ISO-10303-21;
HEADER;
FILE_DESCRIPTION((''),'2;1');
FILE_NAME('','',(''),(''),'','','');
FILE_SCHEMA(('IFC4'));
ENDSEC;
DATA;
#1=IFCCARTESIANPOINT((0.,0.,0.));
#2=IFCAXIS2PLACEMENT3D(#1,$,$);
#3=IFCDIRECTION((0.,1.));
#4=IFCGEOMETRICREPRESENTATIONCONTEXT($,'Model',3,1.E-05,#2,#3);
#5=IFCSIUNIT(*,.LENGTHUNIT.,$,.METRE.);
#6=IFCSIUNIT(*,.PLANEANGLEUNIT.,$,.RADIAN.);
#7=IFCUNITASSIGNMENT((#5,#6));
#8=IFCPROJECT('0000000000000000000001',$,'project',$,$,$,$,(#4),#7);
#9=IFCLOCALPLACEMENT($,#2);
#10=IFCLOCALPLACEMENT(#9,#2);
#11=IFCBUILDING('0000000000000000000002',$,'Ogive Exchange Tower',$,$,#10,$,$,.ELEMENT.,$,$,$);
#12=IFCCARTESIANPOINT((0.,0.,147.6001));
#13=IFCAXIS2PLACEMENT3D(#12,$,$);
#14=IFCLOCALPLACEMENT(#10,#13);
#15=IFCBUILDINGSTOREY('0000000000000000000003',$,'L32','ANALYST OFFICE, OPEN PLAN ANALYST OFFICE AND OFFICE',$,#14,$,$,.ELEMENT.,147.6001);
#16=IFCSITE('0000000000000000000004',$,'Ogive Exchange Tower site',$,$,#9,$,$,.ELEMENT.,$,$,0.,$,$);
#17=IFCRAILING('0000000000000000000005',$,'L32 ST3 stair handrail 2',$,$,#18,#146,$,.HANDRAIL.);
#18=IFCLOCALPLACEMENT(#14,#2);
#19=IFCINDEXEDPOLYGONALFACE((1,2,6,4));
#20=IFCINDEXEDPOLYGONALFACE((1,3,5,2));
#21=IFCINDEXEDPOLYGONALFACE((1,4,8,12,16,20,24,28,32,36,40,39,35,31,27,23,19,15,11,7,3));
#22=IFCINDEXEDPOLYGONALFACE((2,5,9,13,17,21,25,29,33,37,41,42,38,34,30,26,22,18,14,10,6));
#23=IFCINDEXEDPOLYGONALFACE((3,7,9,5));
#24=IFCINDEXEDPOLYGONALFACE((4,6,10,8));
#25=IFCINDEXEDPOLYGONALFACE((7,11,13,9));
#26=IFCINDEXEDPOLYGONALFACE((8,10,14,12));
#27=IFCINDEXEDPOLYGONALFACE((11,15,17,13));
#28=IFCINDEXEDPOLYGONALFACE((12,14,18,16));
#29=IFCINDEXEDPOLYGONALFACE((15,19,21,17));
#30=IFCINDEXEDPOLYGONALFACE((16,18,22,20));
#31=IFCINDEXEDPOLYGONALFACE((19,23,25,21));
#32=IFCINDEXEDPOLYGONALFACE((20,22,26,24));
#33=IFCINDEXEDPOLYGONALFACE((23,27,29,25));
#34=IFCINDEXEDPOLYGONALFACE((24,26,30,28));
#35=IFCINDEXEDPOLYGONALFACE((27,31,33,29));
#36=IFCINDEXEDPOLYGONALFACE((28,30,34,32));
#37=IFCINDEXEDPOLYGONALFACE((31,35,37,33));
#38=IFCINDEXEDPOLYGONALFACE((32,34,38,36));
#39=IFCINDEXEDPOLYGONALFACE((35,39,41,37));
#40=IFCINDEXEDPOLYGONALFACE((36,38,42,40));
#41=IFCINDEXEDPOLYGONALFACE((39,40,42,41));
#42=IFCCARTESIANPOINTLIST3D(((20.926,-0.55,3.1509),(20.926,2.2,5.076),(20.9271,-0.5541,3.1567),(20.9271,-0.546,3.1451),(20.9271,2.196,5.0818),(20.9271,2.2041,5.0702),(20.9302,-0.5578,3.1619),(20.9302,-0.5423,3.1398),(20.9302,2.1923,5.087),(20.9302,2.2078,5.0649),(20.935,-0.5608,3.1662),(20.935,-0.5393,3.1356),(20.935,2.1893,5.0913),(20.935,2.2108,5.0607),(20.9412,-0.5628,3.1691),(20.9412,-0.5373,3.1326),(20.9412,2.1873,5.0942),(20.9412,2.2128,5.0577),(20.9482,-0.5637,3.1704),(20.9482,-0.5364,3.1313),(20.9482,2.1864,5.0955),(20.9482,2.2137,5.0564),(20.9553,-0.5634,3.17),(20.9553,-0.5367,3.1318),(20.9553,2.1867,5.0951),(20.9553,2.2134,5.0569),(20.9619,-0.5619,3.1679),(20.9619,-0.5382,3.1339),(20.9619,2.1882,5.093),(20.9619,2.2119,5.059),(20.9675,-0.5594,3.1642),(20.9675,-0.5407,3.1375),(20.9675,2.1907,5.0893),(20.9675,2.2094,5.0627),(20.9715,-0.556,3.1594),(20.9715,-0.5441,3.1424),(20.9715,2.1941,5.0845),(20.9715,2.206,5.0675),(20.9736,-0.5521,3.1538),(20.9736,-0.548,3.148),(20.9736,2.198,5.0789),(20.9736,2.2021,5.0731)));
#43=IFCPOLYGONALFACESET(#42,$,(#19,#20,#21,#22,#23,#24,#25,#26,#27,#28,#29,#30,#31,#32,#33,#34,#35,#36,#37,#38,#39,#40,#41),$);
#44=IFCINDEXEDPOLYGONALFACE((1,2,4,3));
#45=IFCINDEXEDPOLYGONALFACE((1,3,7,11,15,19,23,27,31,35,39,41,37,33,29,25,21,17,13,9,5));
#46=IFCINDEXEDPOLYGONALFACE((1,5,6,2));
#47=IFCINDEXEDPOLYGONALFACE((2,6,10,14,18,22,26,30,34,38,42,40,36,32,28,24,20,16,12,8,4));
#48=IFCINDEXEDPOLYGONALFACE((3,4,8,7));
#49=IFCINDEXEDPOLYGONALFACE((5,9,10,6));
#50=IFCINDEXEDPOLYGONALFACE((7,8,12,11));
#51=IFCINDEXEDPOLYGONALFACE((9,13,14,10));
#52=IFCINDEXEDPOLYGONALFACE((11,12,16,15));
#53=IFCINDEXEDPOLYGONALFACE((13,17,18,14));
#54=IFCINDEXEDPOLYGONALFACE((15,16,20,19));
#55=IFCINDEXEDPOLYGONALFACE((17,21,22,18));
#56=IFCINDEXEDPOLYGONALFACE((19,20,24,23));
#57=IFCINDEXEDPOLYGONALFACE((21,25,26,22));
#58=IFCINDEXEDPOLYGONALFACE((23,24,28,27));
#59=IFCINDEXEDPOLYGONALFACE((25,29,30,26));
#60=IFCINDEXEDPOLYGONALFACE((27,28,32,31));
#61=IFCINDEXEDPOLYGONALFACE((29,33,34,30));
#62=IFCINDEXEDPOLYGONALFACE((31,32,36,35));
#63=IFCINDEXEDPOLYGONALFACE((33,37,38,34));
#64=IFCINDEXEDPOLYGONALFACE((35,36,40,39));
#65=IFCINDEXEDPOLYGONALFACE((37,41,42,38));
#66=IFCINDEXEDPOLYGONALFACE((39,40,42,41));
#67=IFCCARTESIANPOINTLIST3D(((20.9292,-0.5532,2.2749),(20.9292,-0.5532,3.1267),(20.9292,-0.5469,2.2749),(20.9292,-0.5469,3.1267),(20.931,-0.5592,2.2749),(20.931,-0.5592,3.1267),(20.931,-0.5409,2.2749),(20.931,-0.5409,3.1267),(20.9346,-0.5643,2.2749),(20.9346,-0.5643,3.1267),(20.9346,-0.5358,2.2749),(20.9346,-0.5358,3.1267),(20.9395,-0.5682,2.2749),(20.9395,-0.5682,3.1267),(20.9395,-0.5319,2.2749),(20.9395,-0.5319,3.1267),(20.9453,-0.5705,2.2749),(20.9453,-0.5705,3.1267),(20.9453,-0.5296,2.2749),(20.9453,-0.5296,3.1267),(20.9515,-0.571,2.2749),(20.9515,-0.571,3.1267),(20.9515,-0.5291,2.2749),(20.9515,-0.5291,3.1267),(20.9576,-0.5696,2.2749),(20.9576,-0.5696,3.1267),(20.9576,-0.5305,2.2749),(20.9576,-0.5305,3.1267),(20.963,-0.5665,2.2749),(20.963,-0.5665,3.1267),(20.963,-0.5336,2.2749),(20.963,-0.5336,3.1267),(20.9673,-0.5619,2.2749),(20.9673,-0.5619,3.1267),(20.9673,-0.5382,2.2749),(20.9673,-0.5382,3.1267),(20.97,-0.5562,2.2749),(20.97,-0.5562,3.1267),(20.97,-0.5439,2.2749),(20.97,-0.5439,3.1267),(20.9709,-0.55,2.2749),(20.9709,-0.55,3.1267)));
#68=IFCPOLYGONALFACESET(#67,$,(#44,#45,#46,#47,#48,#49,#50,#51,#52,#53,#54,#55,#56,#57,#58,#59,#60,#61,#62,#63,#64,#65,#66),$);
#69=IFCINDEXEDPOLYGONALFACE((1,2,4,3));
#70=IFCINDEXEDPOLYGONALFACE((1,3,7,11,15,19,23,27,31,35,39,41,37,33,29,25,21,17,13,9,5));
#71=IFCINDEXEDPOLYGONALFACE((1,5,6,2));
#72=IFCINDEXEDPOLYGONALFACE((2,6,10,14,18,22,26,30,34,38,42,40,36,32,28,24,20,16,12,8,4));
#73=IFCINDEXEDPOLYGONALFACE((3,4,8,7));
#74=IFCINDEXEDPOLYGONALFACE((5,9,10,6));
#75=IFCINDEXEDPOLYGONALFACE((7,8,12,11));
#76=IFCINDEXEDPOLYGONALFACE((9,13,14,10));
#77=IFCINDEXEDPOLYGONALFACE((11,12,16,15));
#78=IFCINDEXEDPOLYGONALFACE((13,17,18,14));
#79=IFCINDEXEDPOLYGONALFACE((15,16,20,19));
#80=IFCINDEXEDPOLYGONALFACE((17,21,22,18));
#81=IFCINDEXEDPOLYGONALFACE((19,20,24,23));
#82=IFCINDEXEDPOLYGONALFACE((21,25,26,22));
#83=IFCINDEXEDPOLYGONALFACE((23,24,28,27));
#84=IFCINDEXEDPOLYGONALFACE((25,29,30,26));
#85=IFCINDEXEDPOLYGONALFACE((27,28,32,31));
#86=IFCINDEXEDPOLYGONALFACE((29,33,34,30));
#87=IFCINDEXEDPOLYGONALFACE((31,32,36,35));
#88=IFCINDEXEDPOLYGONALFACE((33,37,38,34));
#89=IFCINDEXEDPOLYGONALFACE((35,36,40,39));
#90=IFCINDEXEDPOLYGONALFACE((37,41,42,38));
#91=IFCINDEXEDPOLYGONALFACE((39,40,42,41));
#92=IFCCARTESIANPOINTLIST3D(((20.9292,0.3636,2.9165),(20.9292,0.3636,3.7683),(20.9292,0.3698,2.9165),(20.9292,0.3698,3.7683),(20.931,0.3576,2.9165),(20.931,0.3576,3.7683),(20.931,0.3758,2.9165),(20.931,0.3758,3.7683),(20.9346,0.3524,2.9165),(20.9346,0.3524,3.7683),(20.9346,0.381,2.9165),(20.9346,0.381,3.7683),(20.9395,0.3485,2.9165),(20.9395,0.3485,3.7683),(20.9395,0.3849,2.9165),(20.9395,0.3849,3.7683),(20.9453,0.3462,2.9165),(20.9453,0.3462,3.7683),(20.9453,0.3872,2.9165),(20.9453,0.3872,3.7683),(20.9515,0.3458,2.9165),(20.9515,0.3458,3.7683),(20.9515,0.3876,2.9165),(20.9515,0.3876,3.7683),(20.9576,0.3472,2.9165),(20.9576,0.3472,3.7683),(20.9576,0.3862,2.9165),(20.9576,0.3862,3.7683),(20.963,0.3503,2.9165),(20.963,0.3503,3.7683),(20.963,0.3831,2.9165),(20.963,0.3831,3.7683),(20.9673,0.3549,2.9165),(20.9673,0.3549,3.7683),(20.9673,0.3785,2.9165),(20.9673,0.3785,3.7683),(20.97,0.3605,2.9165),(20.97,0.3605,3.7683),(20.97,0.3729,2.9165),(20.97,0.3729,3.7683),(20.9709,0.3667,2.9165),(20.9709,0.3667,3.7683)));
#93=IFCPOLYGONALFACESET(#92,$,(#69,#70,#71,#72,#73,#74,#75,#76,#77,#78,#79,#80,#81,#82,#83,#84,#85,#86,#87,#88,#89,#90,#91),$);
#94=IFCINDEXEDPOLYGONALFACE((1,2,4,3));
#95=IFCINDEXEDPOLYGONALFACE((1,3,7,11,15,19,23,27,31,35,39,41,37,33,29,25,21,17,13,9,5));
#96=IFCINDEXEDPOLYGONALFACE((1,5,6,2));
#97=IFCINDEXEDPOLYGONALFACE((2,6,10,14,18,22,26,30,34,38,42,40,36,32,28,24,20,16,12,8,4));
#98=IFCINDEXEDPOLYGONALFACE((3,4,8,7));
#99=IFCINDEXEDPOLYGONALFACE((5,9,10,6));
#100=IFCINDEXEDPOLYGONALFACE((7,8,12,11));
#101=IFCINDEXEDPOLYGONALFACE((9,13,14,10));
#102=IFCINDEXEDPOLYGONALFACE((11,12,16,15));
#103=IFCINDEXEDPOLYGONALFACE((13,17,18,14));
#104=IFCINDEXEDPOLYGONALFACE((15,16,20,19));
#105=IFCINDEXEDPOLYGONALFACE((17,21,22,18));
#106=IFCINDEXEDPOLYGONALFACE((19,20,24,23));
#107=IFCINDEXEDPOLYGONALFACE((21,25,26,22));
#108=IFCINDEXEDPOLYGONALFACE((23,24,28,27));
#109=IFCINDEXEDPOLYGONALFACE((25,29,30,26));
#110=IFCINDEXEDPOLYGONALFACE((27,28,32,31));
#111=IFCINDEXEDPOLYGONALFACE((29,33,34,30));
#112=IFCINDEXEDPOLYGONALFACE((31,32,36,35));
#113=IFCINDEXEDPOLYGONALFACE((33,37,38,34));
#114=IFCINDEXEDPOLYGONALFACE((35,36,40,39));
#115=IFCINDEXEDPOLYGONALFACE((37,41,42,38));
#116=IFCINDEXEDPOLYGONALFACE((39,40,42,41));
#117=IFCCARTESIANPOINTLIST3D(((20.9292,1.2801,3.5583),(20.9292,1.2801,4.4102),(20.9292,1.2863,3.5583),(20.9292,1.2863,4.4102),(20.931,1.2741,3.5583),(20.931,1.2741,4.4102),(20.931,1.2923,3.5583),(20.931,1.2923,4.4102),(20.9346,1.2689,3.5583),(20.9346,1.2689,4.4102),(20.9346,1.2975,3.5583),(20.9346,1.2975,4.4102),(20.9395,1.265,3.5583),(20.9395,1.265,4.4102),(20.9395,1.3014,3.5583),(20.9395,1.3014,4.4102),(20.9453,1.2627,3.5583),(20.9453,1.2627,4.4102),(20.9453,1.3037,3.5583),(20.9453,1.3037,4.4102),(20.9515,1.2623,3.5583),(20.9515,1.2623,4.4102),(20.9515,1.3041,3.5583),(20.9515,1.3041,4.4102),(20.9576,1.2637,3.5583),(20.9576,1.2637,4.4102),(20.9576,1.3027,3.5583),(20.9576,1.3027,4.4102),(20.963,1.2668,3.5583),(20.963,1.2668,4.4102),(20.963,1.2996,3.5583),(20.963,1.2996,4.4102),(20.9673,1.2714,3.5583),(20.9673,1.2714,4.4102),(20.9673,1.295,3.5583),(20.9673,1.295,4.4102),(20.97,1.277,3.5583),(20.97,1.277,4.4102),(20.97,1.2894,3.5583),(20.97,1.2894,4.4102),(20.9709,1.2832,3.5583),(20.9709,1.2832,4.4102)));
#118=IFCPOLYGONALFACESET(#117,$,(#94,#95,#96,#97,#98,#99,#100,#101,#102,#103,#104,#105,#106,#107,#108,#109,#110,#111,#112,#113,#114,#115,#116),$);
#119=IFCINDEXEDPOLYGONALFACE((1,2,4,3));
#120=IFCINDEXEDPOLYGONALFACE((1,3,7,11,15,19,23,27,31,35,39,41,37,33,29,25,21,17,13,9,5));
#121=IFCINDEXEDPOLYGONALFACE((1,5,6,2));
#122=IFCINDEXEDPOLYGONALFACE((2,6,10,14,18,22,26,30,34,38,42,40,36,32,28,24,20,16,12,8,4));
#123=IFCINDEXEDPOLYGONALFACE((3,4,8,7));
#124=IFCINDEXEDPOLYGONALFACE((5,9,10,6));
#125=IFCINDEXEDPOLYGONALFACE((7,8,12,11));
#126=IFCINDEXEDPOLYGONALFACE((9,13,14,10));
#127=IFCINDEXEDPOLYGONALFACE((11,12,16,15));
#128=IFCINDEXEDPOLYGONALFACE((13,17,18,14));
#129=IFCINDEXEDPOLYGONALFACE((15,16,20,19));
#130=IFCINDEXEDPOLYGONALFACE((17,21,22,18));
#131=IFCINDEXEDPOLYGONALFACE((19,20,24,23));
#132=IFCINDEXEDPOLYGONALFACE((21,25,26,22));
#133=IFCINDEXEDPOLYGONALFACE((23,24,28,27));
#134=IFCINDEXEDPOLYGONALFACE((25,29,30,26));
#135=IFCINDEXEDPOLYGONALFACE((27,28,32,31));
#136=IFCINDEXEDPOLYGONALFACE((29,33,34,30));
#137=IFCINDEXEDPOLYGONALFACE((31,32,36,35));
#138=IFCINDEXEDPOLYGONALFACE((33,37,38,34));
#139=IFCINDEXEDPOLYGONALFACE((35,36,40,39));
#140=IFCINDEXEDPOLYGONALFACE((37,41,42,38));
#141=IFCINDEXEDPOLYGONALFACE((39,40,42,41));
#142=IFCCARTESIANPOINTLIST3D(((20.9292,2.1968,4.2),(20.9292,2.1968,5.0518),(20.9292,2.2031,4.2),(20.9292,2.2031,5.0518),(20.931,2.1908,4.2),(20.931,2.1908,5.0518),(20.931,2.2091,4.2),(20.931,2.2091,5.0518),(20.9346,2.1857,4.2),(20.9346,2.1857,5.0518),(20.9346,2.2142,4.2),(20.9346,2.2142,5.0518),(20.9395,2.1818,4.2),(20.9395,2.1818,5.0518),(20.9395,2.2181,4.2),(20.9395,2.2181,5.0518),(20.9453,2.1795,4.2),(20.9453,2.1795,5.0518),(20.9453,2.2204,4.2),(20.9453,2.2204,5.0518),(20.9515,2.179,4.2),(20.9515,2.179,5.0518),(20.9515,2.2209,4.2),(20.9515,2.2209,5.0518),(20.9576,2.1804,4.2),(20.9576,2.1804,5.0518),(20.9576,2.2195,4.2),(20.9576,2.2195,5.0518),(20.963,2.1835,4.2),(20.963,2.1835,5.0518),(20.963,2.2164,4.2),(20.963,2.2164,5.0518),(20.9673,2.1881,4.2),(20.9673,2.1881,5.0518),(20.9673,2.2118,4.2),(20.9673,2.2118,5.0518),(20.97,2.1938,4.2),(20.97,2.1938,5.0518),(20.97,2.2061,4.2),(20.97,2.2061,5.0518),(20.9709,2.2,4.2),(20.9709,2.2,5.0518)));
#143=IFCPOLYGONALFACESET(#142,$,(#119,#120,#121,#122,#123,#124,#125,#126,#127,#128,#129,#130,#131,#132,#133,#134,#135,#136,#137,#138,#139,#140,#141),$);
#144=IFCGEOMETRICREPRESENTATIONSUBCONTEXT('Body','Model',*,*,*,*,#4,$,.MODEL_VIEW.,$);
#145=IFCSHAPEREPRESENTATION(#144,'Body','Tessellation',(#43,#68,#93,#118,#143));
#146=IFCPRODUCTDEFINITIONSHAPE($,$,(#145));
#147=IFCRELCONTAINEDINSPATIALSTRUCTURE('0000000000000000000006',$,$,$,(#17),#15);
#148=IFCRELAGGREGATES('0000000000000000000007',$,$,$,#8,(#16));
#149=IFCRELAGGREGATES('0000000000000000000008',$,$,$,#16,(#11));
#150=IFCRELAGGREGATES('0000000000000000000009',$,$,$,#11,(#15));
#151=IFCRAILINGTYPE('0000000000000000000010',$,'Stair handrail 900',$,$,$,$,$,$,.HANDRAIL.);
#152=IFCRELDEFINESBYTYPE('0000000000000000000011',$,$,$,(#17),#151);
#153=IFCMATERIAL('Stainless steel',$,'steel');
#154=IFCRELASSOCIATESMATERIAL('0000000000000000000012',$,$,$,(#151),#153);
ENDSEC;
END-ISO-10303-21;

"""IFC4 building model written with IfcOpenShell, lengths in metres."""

from ifc_helpers import new_model, si_unit, direction, frame, origin, origin_2d, place, context, subcontext, project, spatial, circle, extrude, material, type_object, element, save


model = new_model("IFC4")

# Units and contexts
model_context = context("Model", 3, precision=1e-05, world=origin(), true_north=direction((0.0, 1.0)))
body_context = subcontext(model_context, "Body", "Model", "MODEL_VIEW")
ifc_project = project(units=[si_unit("LENGTHUNIT", "METRE"), si_unit("PLANEANGLEUNIT", "RADIAN")], contexts=[model_context])

# Site, building, storey
site_placement = place(None, origin())
site = spatial("IfcSite", under=ifc_project, at=site_placement, Name="Ogive Exchange Tower site", CompositionType="ELEMENT", RefElevation=0.0)
building_placement = place(site_placement, origin())
building = spatial("IfcBuilding", under=site, at=building_placement, Name="Ogive Exchange Tower", CompositionType="ELEMENT")
storey_placement = place(building_placement, frame((0.0, 0.0, 147.6001)))
storey = spatial("IfcBuildingStorey", under=building, at=storey_placement, Name="L32", Description="ANALYST OFFICE, OPEN PLAN ANALYST OFFICE AND OFFICE", CompositionType="ELEMENT", Elevation=147.6001)

# Shared definitions
ifc_material_1 = material(Name="Stainless steel", Category="steel")

# Railing
railing_type = type_object("IfcRailingType", Name="Stair handrail 900", PredefinedType="HANDRAIL", material=ifc_material_1)
railing_1_placement = place(storey_placement, frame((20.95, -0.55, 2.2749)))
element("IfcRailing", 1, at=railing_1_placement, inside=storey, type_object=railing_type, Name="L32 ST3 stair handrail 2", PredefinedType="HANDRAIL", context=body_context, shape_type="SweptSolid", body=[
    extrude(circle(Radius=0.0239, at=origin_2d()), frame((0.0, 0.0, 0.876), z_axis=(0.0, 0.819225, 0.573472), x_axis=(-1.0, 0.0, 0.0)), (0.0, 0.0, 1.0), 3.3569),
    extrude(circle(Radius=0.021, at=origin_2d()), origin(), (0.0, 0.0, 1.0), 0.8518),
    extrude(circle(Radius=0.021, at=origin_2d()), frame((0.0, 0.9167, 0.6416)), (0.0, 0.0, 1.0), 0.8518),
    extrude(circle(Radius=0.021, at=origin_2d()), frame((0.0, 1.8333, 1.2834)), (0.0, 0.0, 1.0), 0.8518),
    extrude(circle(Radius=0.021, at=origin_2d()), frame((0.0, 2.75, 1.925)), (0.0, 0.0, 1.0), 0.8518),
])

save(model, "model.ifc")
